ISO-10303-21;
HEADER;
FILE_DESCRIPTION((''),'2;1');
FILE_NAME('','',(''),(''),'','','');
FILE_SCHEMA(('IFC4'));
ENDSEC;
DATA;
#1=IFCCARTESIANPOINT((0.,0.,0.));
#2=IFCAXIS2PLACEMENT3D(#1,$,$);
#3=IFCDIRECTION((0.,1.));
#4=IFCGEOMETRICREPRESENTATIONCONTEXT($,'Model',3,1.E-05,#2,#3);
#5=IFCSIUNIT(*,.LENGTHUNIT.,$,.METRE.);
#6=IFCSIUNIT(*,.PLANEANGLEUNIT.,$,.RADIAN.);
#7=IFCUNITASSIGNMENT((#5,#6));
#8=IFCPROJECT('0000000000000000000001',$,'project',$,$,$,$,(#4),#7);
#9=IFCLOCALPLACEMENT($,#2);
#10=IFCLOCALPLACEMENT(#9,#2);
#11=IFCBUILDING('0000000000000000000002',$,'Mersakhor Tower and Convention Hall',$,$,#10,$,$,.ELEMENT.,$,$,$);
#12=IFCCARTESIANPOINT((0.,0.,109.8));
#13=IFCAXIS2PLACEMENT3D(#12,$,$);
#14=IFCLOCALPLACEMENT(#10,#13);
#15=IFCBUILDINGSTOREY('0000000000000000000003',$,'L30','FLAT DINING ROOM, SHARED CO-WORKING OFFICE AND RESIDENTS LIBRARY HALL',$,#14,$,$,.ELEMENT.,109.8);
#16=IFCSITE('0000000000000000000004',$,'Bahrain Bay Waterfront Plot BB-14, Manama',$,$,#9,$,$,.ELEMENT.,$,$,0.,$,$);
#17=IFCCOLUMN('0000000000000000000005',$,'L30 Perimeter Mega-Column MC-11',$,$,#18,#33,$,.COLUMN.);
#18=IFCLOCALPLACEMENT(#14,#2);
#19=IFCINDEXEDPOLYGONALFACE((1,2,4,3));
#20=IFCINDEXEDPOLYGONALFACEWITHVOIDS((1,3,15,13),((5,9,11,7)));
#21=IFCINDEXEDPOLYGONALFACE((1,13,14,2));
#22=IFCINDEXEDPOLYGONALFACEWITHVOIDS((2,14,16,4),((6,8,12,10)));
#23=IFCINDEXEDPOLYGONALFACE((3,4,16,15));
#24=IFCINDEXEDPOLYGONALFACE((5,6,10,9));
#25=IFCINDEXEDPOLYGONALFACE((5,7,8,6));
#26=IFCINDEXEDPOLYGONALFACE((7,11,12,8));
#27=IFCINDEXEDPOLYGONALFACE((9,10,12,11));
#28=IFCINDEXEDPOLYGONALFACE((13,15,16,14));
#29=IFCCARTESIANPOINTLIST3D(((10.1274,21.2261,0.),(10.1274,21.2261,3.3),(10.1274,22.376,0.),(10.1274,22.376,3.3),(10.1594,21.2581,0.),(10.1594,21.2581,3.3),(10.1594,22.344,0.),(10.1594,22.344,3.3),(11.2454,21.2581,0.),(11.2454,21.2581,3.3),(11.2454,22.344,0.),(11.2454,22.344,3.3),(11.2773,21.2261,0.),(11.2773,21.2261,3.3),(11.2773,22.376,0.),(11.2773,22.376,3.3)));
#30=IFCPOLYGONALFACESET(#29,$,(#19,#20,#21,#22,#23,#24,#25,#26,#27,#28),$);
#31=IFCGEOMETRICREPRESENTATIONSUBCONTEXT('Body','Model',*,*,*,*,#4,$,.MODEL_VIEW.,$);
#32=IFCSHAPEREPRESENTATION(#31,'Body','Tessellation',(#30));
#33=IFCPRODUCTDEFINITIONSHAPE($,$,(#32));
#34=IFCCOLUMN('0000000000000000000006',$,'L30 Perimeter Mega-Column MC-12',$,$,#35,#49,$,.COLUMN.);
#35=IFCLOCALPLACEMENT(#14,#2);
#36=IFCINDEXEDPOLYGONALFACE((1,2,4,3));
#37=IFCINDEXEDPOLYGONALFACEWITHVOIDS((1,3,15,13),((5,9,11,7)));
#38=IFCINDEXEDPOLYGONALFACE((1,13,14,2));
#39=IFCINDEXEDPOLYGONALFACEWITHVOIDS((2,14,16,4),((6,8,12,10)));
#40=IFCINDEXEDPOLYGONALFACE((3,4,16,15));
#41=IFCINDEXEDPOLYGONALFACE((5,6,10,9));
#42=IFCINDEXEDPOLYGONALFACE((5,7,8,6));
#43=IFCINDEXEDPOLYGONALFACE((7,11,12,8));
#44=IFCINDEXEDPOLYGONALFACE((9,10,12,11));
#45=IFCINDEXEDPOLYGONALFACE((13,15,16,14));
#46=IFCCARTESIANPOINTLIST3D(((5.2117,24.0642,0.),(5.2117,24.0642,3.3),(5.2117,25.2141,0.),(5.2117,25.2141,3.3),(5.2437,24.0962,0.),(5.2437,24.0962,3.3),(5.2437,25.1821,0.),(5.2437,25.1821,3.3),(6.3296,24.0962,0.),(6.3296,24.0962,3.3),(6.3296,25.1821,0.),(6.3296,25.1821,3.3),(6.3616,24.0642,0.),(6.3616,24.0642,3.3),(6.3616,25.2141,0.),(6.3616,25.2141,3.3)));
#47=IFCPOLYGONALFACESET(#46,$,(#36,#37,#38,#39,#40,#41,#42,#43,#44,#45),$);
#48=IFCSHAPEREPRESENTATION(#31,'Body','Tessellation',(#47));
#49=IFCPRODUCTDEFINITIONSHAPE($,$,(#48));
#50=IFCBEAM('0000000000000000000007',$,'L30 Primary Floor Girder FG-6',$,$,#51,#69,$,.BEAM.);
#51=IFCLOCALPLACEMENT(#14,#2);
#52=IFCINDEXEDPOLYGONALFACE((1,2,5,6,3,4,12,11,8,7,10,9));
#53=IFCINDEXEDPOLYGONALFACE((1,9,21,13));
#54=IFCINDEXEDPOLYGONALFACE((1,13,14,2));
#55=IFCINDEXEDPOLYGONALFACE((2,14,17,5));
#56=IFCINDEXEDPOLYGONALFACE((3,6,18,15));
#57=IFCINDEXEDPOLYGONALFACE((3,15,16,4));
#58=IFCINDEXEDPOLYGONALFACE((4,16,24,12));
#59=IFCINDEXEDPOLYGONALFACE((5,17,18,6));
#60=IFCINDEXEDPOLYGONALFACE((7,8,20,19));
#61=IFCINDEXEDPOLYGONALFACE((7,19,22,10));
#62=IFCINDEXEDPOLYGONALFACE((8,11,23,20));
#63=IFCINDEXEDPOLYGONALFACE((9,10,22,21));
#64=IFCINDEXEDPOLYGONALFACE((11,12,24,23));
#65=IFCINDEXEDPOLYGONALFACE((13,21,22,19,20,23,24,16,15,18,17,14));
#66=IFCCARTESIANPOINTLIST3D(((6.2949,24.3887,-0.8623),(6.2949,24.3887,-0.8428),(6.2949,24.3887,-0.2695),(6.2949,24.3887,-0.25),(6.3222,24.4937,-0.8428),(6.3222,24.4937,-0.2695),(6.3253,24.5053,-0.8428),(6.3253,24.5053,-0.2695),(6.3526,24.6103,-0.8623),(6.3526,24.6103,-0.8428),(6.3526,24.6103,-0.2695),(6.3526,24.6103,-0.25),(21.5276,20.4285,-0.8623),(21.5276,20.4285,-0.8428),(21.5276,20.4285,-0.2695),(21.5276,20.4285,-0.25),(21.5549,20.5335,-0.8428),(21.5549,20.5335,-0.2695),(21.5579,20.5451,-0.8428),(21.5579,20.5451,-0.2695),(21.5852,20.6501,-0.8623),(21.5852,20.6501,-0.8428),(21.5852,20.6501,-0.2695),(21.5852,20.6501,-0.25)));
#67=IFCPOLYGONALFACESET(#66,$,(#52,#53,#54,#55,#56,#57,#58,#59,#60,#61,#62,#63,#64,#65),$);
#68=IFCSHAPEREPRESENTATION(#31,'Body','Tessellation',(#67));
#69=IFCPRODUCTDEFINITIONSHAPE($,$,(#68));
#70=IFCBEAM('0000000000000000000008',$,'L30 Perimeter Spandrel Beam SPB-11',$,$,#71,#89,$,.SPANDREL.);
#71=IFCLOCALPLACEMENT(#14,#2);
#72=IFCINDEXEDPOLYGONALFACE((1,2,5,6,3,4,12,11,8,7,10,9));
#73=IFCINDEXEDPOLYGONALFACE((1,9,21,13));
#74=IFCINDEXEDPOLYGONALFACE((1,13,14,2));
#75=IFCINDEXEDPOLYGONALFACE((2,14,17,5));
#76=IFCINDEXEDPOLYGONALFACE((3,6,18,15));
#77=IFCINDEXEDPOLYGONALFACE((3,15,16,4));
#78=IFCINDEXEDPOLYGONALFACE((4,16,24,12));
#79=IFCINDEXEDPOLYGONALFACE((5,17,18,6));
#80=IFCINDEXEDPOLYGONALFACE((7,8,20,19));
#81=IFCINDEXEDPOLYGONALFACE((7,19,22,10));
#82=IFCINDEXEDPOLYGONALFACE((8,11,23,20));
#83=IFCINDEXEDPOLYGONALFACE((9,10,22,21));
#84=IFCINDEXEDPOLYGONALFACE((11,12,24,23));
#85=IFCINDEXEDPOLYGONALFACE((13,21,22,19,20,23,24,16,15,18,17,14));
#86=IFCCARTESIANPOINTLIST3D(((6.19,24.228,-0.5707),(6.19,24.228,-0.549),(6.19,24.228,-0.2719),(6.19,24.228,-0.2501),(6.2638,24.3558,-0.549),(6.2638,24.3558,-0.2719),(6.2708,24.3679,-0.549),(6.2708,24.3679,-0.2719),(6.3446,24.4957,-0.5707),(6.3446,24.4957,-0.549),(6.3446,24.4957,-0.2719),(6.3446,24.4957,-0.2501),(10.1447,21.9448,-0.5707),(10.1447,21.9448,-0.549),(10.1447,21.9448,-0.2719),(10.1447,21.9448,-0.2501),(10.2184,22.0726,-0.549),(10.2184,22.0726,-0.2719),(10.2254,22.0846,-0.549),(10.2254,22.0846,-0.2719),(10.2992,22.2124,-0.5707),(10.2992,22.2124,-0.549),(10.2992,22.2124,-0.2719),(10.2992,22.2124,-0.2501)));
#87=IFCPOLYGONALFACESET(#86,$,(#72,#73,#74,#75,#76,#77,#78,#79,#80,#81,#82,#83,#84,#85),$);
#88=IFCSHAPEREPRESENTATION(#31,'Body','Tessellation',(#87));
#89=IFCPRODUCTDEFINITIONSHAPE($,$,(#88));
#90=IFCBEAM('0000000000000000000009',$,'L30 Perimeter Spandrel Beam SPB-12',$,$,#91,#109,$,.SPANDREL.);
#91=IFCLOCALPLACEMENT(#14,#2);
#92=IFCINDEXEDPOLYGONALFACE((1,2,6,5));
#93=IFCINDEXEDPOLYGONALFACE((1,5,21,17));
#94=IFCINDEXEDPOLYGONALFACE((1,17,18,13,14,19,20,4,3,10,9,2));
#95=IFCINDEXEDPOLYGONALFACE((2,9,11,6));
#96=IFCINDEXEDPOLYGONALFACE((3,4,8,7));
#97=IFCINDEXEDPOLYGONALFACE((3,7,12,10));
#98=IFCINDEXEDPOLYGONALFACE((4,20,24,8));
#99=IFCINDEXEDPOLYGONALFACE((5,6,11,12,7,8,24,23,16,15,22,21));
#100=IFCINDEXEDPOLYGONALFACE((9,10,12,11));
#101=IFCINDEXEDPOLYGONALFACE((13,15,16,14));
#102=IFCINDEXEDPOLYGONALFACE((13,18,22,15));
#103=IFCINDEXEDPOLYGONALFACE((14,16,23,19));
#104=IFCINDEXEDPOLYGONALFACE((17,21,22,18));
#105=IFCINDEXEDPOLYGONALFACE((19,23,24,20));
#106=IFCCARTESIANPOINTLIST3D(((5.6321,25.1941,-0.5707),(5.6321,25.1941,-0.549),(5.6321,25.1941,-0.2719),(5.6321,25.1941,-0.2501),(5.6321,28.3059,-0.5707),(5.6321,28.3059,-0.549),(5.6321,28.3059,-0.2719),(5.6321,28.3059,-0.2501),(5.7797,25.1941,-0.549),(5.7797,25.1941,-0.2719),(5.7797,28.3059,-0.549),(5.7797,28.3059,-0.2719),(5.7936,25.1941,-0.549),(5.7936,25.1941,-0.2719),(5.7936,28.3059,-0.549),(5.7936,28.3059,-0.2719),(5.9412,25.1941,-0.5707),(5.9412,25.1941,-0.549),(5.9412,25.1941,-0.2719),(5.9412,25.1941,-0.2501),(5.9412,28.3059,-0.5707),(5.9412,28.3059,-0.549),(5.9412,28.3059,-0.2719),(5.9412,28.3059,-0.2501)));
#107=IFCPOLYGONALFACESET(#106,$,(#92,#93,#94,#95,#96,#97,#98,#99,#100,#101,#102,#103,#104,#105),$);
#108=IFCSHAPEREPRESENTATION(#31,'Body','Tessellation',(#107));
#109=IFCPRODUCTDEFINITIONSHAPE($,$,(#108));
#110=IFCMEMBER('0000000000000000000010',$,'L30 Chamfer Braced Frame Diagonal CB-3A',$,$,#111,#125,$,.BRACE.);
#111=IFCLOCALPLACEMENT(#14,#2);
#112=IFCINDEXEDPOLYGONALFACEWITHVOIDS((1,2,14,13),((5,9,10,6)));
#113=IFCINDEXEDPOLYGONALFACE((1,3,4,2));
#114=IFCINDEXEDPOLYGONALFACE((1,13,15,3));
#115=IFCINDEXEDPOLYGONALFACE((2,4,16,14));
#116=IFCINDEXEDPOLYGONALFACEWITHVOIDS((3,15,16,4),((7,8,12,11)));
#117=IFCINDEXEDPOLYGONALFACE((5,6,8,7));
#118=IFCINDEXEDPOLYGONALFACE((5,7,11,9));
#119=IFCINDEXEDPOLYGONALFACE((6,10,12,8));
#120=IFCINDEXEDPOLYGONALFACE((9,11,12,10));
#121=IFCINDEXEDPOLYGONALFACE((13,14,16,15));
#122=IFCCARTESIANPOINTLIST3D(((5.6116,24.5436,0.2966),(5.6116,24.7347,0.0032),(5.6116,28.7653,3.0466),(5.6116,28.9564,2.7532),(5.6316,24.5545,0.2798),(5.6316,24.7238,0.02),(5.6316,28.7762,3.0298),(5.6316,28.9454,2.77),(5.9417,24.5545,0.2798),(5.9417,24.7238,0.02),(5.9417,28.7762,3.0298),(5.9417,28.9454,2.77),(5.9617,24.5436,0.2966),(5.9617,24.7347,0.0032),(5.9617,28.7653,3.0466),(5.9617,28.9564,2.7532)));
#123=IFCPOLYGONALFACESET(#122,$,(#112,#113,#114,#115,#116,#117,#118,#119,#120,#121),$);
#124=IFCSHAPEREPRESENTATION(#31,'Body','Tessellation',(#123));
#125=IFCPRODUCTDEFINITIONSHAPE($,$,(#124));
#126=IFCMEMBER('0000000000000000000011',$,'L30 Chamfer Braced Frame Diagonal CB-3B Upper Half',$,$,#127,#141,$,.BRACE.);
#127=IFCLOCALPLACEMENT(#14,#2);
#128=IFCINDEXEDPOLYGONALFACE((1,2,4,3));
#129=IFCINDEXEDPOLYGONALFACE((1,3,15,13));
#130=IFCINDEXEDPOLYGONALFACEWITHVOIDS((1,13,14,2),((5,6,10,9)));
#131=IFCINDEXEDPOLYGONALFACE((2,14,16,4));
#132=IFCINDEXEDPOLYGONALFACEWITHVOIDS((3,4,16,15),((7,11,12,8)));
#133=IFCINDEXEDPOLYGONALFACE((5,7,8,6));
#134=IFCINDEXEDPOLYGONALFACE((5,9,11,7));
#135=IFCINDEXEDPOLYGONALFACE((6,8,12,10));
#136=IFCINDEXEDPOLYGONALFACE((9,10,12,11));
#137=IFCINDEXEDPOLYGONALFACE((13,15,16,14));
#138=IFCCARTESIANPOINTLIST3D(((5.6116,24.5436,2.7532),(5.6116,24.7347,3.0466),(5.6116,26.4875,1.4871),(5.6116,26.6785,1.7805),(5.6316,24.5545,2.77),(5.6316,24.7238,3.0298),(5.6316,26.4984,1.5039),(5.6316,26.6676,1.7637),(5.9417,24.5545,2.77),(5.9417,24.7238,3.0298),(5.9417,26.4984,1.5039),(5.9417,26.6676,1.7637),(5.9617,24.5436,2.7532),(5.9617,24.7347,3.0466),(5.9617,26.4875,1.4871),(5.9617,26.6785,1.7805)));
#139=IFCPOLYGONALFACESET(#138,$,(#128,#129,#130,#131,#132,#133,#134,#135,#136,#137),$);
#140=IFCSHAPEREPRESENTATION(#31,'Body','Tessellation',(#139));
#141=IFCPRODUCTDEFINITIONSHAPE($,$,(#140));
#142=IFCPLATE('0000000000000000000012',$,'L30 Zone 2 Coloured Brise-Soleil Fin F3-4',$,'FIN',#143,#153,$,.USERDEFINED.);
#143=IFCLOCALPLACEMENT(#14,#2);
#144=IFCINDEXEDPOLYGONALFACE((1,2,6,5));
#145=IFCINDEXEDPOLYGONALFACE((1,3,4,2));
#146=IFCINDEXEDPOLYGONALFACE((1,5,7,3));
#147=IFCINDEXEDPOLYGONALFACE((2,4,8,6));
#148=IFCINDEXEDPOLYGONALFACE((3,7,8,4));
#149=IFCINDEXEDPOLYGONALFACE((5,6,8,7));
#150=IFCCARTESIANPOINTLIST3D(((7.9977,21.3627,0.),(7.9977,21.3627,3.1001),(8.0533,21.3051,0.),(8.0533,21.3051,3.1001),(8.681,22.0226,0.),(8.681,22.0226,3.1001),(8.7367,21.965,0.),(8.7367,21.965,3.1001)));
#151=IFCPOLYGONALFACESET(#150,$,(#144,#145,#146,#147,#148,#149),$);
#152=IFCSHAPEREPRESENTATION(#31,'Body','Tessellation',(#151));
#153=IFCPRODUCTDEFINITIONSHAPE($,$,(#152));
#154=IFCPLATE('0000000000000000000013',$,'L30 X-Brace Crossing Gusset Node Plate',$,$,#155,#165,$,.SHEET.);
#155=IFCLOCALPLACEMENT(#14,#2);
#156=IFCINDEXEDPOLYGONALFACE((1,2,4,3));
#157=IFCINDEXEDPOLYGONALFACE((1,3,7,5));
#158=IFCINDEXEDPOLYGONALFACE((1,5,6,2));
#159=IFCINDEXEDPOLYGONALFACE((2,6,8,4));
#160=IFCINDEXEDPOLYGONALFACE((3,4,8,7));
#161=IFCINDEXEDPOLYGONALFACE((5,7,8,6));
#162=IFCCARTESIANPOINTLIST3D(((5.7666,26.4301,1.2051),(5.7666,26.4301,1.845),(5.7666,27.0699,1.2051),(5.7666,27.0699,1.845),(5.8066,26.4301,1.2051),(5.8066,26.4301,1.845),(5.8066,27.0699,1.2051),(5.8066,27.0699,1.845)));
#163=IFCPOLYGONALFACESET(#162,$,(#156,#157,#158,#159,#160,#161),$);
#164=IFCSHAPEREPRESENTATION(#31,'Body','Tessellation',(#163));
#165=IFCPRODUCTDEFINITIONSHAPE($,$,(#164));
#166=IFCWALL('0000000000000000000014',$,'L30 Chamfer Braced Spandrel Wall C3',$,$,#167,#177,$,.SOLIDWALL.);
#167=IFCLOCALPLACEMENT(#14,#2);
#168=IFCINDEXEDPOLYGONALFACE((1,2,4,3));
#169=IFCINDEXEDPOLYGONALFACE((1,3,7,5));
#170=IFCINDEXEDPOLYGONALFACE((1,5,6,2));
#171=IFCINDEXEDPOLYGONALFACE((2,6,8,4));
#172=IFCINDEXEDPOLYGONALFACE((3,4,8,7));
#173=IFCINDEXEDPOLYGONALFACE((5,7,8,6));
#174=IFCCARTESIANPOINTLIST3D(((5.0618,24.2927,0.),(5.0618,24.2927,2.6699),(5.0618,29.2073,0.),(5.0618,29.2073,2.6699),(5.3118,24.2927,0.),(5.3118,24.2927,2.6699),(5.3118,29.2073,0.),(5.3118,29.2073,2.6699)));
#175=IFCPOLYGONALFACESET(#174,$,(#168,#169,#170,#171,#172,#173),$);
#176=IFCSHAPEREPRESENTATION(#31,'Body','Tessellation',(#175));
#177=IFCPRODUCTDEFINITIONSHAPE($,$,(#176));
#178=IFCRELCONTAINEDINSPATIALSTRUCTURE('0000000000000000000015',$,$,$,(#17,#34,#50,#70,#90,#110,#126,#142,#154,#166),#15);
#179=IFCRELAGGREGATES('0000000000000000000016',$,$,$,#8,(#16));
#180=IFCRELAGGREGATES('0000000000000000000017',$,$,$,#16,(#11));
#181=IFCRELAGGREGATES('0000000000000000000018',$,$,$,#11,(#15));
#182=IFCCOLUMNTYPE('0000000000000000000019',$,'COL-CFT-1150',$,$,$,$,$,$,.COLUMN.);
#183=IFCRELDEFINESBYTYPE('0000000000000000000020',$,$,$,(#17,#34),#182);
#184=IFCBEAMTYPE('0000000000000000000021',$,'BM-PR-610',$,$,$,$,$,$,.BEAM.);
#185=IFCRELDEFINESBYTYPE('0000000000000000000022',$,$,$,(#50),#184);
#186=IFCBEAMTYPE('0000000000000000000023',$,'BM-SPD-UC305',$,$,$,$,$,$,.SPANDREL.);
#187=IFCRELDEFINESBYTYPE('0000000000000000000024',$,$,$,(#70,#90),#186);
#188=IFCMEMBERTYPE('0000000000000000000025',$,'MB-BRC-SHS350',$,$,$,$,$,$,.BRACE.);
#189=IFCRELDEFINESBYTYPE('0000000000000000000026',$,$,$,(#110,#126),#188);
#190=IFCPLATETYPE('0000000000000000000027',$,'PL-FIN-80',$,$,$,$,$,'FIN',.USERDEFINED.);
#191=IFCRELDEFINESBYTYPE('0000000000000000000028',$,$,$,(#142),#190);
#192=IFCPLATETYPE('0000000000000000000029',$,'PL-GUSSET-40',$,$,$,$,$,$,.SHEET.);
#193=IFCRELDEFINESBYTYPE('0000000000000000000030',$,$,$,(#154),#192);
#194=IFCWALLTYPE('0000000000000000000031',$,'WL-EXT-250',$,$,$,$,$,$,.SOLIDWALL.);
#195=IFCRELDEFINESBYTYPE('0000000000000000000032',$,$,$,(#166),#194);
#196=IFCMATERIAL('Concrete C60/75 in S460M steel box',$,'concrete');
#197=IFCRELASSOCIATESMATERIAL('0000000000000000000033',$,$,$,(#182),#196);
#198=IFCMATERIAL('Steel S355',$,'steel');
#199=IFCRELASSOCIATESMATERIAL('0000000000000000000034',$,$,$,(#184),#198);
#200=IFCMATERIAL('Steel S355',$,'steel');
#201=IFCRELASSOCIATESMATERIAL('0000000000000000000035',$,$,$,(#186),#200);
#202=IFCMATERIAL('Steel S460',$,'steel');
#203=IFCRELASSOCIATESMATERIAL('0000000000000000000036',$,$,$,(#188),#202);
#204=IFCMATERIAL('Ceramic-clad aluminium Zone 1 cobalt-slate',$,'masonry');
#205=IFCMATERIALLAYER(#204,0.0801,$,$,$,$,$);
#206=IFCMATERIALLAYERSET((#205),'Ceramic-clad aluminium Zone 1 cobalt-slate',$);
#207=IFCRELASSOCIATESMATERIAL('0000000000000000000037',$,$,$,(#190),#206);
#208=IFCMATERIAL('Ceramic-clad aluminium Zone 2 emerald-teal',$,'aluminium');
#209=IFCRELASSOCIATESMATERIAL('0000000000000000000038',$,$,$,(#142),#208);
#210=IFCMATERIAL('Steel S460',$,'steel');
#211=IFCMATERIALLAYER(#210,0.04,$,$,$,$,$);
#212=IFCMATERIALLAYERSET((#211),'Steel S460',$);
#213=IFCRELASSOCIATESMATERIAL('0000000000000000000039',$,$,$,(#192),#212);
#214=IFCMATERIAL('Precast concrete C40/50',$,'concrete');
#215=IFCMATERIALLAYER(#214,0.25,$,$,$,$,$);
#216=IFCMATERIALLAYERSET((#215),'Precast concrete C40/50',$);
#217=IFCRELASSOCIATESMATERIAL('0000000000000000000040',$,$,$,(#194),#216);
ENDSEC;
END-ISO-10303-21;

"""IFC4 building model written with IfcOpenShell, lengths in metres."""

from ifc_helpers import new_model, si_unit, direction, frame, frame_2d, origin, origin_2d, place, context, subcontext, project, spatial, rectangle, hollow_rectangle, i_section, extrude, material, layer, layer_set, material_profile, profile_set, type_object, element, save


model = new_model("IFC4")

# Units and contexts
model_context = context("Model", 3, precision=1e-05, world=origin(), true_north=direction((0.0, 1.0)))
body_context = subcontext(model_context, "Body", "Model", "MODEL_VIEW")
ifc_project = project(units=[si_unit("LENGTHUNIT", "METRE"), si_unit("PLANEANGLEUNIT", "RADIAN")], contexts=[model_context])

# Site, building, storey
site_placement = place(None, origin())
site = spatial("IfcSite", under=ifc_project, at=site_placement, Name="Bahrain Bay Waterfront Plot BB-14, Manama", CompositionType="ELEMENT", RefElevation=0.0)
building_placement = place(site_placement, origin())
building = spatial("IfcBuilding", under=site, at=building_placement, Name="Mersakhor Tower and Convention Hall", CompositionType="ELEMENT")
storey_placement = place(building_placement, frame((0.0, 0.0, 109.8)))
storey = spatial("IfcBuildingStorey", under=building, at=storey_placement, Name="L30", Description="FLAT DINING ROOM, SHARED CO-WORKING OFFICE AND RESIDENTS LIBRARY HALL", CompositionType="ELEMENT", Elevation=109.8)

# Columns
ifc_material_1 = material(Name="Concrete C60/75 in S460M steel box", Category="concrete")
ifc_material_profile_1 = material_profile(ifc_material_1, hollow_rectangle(XDim=1.1499, YDim=1.1499, WallThickness=0.032, at=origin_2d()), Name="SHS 1150x1150x32")
ifc_profile_set_1 = profile_set([ifc_material_profile_1], Name="Concrete C60/75 in S460M steel box")
column_type = type_object("IfcColumnType", Name="COL-CFT-1150", PredefinedType="COLUMN", material=ifc_profile_set_1)
for number, where, z_axis, x_axis, name in (
    (1, (10.7024, 21.801, 0.0), (0.0, 0.0, 1.0), (1.0, 0.0, 0.0), "L30 Perimeter Mega-Column MC-11"),
    (2, (5.7866, 24.6392, 0.0), (0.0, 0.0, 1.0), (1.0, 0.0, 0.0), "L30 Perimeter Mega-Column MC-12"),
):
    element("IfcColumn", number, at=place(storey_placement, frame(where, z_axis=z_axis, x_axis=x_axis)), inside=storey, type_object=column_type, Name=name, PredefinedType="COLUMN", context=body_context, shape_type="SweptSolid", body=[
        extrude(hollow_rectangle(XDim=1.1499, YDim=1.1499, WallThickness=0.032, at=origin_2d()), origin(), (0.0, 0.0, 1.0), 3.3),
    ])

# Beams
ifc_material_2 = material(Name="Steel S355", Category="steel")
ifc_material_profile_2 = material_profile(ifc_material_2, i_section(OverallWidth=0.229, OverallDepth=0.6123, WebThickness=0.012, FlangeThickness=0.0195, at=origin_2d()), Name="UB 610x229x125")
ifc_profile_set_2 = profile_set([ifc_material_profile_2], Name="Steel S355")
beam_type_1 = type_object("IfcBeamType", Name="BM-PR-610", PredefinedType="BEAM", material=ifc_profile_set_2)
beam_1_placement = place(storey_placement, frame((21.5564, 20.5393, -0.5562), z_axis=(-0.967827, 0.251617, 0.0), x_axis=(-0.251617, -0.967827, 0.0)))
element("IfcBeam", 3, at=beam_1_placement, inside=storey, type_object=beam_type_1, Name="L30 Primary Floor Girder FG-6", PredefinedType="BEAM", context=body_context, shape_type="SweptSolid", body=[
    extrude(i_section(OverallWidth=0.229, OverallDepth=0.6123, WebThickness=0.012, FlangeThickness=0.0195, at=origin_2d()), origin(), (0.0, 0.0, 1.0), 15.739),
])
ifc_material_3 = material(Name="Steel S355", Category="steel")
ifc_material_profile_3 = material_profile(ifc_material_3, i_section(OverallWidth=0.3091, OverallDepth=0.3206, WebThickness=0.0139, FlangeThickness=0.0217, at=origin_2d()), Name="UC 305x305x137")
ifc_profile_set_3 = profile_set([ifc_material_profile_3], Name="Steel S355")
beam_type_2 = type_object("IfcBeamType", Name="BM-SPD-UC305", PredefinedType="SPANDREL", material=ifc_profile_set_3)
beam_2_placement = place(storey_placement, frame((10.2219, 22.0786, -0.4104), z_axis=(-0.866024, 0.500003, 0.0), x_axis=(-0.500003, -0.866024, 0.0)))
element("IfcBeam", 4, at=beam_2_placement, inside=storey, type_object=beam_type_2, Name="L30 Perimeter Spandrel Beam SPB-11", PredefinedType="SPANDREL", context=body_context, shape_type="SweptSolid", body=[
    extrude(i_section(OverallWidth=0.3091, OverallDepth=0.3206, WebThickness=0.0139, FlangeThickness=0.0217, at=origin_2d()), origin(), (0.0, 0.0, 1.0), 4.5664),
])
beam_3_placement = place(storey_placement, frame((5.7866, 25.1941, -0.4104), z_axis=(0.0, 1.0, 0.0), x_axis=(-1.0, 0.0, 0.0)))
element("IfcBeam", 5, at=beam_3_placement, inside=storey, type_object=beam_type_2, Name="L30 Perimeter Spandrel Beam SPB-12", PredefinedType="SPANDREL", context=body_context, shape_type="SweptSolid", body=[
    extrude(i_section(OverallWidth=0.3091, OverallDepth=0.3206, WebThickness=0.0139, FlangeThickness=0.0217, at=origin_2d()), origin(), (0.0, 0.0, 1.0), 3.1118),
])

# Members
ifc_material_4 = material(Name="Steel S460", Category="steel")
ifc_material_profile_4 = material_profile(ifc_material_4, hollow_rectangle(XDim=0.3501, YDim=0.3501, WallThickness=0.02, at=origin_2d()), Name="SHS 350x350x20")
ifc_profile_set_4 = profile_set([ifc_material_profile_4], Name="Steel S460")
member_type = type_object("IfcMemberType", Name="MB-BRC-SHS350", PredefinedType="BRACE", material=ifc_profile_set_4)
member_1_placement = place(storey_placement, frame((5.7866, 24.6392, 0.1499), z_axis=(0.0, 0.837907, 0.545812), x_axis=(-1.0, 0.0, 0.0)))
element("IfcMember", 6, at=member_1_placement, inside=storey, type_object=member_type, Name="L30 Chamfer Braced Frame Diagonal CB-3A", PredefinedType="BRACE", context=body_context, shape_type="SweptSolid", body=[
    extrude(hollow_rectangle(XDim=0.3501, YDim=0.3501, WallThickness=0.02, at=origin_2d()), origin(), (0.0, 0.0, 1.0), 5.0383),
])
member_2_placement = place(storey_placement, frame((5.7866, 26.583, 1.6338), z_axis=(0.0, -0.837929, 0.54578), x_axis=(1.0, 0.0, 0.0)))
element("IfcMember", 7, at=member_2_placement, inside=storey, type_object=member_type, Name="L30 Chamfer Braced Frame Diagonal CB-3B Upper Half", PredefinedType="BRACE", context=body_context, shape_type="SweptSolid", body=[
    extrude(hollow_rectangle(XDim=0.3501, YDim=0.3501, WallThickness=0.02, at=origin_2d()), origin(), (0.0, 0.0, 1.0), 2.3198),
])

# Plates
ifc_material_5 = material(Name="Ceramic-clad aluminium Zone 2 emerald-teal", Category="aluminium")
ifc_material_6 = material(Name="Ceramic-clad aluminium Zone 1 cobalt-slate", Category="masonry")
ifc_layer_1 = layer(ifc_material_6, 0.0801)
ifc_layer_set_1 = layer_set([ifc_layer_1], Name="Ceramic-clad aluminium Zone 1 cobalt-slate")
plate_type_1 = type_object("IfcPlateType", Name="PL-FIN-80", ElementType="FIN", PredefinedType="USERDEFINED", material=ifc_layer_set_1)
plate_1_placement = place(storey_placement, frame((8.3672, 21.6638, 0.0), z_axis=(0.0, 0.0, 1.0), x_axis=(-0.71934, -0.694658, 0.0)))
element("IfcPlate", 8, at=plate_1_placement, inside=storey, type_object=plate_type_1, material=ifc_material_5, Name="L30 Zone 2 Coloured Brise-Soleil Fin F3-4", ObjectType="FIN", PredefinedType="USERDEFINED", context=body_context, shape_type="SweptSolid", body=[
    extrude(rectangle(XDim=0.95, YDim=0.0801, at=origin_2d()), origin(), (0.0, 0.0, 1.0), 3.1001),
])
ifc_material_7 = material(Name="Steel S460", Category="steel")
ifc_layer_2 = layer(ifc_material_7, 0.04)
ifc_layer_set_2 = layer_set([ifc_layer_2], Name="Steel S460")
plate_type_2 = type_object("IfcPlateType", Name="PL-GUSSET-40", PredefinedType="SHEET", material=ifc_layer_set_2)
plate_2_placement = place(storey_placement, frame((5.7866, 26.75, 1.2051), z_axis=(0.0, 0.0, 1.0), x_axis=(0.0, -1.0, 0.0)))
element("IfcPlate", 9, at=plate_2_placement, inside=storey, type_object=plate_type_2, Name="L30 X-Brace Crossing Gusset Node Plate", PredefinedType="SHEET", context=body_context, shape_type="SweptSolid", body=[
    extrude(rectangle(XDim=0.6399, YDim=0.04, at=origin_2d()), origin(), (0.0, 0.0, 1.0), 0.6399),
])

# Wall
ifc_material_8 = material(Name="Precast concrete C40/50", Category="concrete")
ifc_layer_3 = layer(ifc_material_8, 0.25)
ifc_layer_set_3 = layer_set([ifc_layer_3], Name="Precast concrete C40/50")
wall_type_1 = type_object("IfcWallType", Name="WL-EXT-250", PredefinedType="SOLIDWALL", material=ifc_layer_set_3)
wall_1_placement = place(storey_placement, frame((5.1868, 24.2927, 0.0), z_axis=(0.0, 0.0, 1.0), x_axis=(0.0, 1.0, 0.0)))
element("IfcWall", 10, at=wall_1_placement, inside=storey, type_object=wall_type_1, Name="L30 Chamfer Braced Spandrel Wall C3", PredefinedType="SOLIDWALL", context=body_context, shape_type="SweptSolid", body=[
    extrude(rectangle(XDim=4.9146, YDim=0.25, at=frame_2d((2.4573, 0.0))), origin(), (0.0, 0.0, 1.0), 2.6699),
])

save(model, "model.ifc")
